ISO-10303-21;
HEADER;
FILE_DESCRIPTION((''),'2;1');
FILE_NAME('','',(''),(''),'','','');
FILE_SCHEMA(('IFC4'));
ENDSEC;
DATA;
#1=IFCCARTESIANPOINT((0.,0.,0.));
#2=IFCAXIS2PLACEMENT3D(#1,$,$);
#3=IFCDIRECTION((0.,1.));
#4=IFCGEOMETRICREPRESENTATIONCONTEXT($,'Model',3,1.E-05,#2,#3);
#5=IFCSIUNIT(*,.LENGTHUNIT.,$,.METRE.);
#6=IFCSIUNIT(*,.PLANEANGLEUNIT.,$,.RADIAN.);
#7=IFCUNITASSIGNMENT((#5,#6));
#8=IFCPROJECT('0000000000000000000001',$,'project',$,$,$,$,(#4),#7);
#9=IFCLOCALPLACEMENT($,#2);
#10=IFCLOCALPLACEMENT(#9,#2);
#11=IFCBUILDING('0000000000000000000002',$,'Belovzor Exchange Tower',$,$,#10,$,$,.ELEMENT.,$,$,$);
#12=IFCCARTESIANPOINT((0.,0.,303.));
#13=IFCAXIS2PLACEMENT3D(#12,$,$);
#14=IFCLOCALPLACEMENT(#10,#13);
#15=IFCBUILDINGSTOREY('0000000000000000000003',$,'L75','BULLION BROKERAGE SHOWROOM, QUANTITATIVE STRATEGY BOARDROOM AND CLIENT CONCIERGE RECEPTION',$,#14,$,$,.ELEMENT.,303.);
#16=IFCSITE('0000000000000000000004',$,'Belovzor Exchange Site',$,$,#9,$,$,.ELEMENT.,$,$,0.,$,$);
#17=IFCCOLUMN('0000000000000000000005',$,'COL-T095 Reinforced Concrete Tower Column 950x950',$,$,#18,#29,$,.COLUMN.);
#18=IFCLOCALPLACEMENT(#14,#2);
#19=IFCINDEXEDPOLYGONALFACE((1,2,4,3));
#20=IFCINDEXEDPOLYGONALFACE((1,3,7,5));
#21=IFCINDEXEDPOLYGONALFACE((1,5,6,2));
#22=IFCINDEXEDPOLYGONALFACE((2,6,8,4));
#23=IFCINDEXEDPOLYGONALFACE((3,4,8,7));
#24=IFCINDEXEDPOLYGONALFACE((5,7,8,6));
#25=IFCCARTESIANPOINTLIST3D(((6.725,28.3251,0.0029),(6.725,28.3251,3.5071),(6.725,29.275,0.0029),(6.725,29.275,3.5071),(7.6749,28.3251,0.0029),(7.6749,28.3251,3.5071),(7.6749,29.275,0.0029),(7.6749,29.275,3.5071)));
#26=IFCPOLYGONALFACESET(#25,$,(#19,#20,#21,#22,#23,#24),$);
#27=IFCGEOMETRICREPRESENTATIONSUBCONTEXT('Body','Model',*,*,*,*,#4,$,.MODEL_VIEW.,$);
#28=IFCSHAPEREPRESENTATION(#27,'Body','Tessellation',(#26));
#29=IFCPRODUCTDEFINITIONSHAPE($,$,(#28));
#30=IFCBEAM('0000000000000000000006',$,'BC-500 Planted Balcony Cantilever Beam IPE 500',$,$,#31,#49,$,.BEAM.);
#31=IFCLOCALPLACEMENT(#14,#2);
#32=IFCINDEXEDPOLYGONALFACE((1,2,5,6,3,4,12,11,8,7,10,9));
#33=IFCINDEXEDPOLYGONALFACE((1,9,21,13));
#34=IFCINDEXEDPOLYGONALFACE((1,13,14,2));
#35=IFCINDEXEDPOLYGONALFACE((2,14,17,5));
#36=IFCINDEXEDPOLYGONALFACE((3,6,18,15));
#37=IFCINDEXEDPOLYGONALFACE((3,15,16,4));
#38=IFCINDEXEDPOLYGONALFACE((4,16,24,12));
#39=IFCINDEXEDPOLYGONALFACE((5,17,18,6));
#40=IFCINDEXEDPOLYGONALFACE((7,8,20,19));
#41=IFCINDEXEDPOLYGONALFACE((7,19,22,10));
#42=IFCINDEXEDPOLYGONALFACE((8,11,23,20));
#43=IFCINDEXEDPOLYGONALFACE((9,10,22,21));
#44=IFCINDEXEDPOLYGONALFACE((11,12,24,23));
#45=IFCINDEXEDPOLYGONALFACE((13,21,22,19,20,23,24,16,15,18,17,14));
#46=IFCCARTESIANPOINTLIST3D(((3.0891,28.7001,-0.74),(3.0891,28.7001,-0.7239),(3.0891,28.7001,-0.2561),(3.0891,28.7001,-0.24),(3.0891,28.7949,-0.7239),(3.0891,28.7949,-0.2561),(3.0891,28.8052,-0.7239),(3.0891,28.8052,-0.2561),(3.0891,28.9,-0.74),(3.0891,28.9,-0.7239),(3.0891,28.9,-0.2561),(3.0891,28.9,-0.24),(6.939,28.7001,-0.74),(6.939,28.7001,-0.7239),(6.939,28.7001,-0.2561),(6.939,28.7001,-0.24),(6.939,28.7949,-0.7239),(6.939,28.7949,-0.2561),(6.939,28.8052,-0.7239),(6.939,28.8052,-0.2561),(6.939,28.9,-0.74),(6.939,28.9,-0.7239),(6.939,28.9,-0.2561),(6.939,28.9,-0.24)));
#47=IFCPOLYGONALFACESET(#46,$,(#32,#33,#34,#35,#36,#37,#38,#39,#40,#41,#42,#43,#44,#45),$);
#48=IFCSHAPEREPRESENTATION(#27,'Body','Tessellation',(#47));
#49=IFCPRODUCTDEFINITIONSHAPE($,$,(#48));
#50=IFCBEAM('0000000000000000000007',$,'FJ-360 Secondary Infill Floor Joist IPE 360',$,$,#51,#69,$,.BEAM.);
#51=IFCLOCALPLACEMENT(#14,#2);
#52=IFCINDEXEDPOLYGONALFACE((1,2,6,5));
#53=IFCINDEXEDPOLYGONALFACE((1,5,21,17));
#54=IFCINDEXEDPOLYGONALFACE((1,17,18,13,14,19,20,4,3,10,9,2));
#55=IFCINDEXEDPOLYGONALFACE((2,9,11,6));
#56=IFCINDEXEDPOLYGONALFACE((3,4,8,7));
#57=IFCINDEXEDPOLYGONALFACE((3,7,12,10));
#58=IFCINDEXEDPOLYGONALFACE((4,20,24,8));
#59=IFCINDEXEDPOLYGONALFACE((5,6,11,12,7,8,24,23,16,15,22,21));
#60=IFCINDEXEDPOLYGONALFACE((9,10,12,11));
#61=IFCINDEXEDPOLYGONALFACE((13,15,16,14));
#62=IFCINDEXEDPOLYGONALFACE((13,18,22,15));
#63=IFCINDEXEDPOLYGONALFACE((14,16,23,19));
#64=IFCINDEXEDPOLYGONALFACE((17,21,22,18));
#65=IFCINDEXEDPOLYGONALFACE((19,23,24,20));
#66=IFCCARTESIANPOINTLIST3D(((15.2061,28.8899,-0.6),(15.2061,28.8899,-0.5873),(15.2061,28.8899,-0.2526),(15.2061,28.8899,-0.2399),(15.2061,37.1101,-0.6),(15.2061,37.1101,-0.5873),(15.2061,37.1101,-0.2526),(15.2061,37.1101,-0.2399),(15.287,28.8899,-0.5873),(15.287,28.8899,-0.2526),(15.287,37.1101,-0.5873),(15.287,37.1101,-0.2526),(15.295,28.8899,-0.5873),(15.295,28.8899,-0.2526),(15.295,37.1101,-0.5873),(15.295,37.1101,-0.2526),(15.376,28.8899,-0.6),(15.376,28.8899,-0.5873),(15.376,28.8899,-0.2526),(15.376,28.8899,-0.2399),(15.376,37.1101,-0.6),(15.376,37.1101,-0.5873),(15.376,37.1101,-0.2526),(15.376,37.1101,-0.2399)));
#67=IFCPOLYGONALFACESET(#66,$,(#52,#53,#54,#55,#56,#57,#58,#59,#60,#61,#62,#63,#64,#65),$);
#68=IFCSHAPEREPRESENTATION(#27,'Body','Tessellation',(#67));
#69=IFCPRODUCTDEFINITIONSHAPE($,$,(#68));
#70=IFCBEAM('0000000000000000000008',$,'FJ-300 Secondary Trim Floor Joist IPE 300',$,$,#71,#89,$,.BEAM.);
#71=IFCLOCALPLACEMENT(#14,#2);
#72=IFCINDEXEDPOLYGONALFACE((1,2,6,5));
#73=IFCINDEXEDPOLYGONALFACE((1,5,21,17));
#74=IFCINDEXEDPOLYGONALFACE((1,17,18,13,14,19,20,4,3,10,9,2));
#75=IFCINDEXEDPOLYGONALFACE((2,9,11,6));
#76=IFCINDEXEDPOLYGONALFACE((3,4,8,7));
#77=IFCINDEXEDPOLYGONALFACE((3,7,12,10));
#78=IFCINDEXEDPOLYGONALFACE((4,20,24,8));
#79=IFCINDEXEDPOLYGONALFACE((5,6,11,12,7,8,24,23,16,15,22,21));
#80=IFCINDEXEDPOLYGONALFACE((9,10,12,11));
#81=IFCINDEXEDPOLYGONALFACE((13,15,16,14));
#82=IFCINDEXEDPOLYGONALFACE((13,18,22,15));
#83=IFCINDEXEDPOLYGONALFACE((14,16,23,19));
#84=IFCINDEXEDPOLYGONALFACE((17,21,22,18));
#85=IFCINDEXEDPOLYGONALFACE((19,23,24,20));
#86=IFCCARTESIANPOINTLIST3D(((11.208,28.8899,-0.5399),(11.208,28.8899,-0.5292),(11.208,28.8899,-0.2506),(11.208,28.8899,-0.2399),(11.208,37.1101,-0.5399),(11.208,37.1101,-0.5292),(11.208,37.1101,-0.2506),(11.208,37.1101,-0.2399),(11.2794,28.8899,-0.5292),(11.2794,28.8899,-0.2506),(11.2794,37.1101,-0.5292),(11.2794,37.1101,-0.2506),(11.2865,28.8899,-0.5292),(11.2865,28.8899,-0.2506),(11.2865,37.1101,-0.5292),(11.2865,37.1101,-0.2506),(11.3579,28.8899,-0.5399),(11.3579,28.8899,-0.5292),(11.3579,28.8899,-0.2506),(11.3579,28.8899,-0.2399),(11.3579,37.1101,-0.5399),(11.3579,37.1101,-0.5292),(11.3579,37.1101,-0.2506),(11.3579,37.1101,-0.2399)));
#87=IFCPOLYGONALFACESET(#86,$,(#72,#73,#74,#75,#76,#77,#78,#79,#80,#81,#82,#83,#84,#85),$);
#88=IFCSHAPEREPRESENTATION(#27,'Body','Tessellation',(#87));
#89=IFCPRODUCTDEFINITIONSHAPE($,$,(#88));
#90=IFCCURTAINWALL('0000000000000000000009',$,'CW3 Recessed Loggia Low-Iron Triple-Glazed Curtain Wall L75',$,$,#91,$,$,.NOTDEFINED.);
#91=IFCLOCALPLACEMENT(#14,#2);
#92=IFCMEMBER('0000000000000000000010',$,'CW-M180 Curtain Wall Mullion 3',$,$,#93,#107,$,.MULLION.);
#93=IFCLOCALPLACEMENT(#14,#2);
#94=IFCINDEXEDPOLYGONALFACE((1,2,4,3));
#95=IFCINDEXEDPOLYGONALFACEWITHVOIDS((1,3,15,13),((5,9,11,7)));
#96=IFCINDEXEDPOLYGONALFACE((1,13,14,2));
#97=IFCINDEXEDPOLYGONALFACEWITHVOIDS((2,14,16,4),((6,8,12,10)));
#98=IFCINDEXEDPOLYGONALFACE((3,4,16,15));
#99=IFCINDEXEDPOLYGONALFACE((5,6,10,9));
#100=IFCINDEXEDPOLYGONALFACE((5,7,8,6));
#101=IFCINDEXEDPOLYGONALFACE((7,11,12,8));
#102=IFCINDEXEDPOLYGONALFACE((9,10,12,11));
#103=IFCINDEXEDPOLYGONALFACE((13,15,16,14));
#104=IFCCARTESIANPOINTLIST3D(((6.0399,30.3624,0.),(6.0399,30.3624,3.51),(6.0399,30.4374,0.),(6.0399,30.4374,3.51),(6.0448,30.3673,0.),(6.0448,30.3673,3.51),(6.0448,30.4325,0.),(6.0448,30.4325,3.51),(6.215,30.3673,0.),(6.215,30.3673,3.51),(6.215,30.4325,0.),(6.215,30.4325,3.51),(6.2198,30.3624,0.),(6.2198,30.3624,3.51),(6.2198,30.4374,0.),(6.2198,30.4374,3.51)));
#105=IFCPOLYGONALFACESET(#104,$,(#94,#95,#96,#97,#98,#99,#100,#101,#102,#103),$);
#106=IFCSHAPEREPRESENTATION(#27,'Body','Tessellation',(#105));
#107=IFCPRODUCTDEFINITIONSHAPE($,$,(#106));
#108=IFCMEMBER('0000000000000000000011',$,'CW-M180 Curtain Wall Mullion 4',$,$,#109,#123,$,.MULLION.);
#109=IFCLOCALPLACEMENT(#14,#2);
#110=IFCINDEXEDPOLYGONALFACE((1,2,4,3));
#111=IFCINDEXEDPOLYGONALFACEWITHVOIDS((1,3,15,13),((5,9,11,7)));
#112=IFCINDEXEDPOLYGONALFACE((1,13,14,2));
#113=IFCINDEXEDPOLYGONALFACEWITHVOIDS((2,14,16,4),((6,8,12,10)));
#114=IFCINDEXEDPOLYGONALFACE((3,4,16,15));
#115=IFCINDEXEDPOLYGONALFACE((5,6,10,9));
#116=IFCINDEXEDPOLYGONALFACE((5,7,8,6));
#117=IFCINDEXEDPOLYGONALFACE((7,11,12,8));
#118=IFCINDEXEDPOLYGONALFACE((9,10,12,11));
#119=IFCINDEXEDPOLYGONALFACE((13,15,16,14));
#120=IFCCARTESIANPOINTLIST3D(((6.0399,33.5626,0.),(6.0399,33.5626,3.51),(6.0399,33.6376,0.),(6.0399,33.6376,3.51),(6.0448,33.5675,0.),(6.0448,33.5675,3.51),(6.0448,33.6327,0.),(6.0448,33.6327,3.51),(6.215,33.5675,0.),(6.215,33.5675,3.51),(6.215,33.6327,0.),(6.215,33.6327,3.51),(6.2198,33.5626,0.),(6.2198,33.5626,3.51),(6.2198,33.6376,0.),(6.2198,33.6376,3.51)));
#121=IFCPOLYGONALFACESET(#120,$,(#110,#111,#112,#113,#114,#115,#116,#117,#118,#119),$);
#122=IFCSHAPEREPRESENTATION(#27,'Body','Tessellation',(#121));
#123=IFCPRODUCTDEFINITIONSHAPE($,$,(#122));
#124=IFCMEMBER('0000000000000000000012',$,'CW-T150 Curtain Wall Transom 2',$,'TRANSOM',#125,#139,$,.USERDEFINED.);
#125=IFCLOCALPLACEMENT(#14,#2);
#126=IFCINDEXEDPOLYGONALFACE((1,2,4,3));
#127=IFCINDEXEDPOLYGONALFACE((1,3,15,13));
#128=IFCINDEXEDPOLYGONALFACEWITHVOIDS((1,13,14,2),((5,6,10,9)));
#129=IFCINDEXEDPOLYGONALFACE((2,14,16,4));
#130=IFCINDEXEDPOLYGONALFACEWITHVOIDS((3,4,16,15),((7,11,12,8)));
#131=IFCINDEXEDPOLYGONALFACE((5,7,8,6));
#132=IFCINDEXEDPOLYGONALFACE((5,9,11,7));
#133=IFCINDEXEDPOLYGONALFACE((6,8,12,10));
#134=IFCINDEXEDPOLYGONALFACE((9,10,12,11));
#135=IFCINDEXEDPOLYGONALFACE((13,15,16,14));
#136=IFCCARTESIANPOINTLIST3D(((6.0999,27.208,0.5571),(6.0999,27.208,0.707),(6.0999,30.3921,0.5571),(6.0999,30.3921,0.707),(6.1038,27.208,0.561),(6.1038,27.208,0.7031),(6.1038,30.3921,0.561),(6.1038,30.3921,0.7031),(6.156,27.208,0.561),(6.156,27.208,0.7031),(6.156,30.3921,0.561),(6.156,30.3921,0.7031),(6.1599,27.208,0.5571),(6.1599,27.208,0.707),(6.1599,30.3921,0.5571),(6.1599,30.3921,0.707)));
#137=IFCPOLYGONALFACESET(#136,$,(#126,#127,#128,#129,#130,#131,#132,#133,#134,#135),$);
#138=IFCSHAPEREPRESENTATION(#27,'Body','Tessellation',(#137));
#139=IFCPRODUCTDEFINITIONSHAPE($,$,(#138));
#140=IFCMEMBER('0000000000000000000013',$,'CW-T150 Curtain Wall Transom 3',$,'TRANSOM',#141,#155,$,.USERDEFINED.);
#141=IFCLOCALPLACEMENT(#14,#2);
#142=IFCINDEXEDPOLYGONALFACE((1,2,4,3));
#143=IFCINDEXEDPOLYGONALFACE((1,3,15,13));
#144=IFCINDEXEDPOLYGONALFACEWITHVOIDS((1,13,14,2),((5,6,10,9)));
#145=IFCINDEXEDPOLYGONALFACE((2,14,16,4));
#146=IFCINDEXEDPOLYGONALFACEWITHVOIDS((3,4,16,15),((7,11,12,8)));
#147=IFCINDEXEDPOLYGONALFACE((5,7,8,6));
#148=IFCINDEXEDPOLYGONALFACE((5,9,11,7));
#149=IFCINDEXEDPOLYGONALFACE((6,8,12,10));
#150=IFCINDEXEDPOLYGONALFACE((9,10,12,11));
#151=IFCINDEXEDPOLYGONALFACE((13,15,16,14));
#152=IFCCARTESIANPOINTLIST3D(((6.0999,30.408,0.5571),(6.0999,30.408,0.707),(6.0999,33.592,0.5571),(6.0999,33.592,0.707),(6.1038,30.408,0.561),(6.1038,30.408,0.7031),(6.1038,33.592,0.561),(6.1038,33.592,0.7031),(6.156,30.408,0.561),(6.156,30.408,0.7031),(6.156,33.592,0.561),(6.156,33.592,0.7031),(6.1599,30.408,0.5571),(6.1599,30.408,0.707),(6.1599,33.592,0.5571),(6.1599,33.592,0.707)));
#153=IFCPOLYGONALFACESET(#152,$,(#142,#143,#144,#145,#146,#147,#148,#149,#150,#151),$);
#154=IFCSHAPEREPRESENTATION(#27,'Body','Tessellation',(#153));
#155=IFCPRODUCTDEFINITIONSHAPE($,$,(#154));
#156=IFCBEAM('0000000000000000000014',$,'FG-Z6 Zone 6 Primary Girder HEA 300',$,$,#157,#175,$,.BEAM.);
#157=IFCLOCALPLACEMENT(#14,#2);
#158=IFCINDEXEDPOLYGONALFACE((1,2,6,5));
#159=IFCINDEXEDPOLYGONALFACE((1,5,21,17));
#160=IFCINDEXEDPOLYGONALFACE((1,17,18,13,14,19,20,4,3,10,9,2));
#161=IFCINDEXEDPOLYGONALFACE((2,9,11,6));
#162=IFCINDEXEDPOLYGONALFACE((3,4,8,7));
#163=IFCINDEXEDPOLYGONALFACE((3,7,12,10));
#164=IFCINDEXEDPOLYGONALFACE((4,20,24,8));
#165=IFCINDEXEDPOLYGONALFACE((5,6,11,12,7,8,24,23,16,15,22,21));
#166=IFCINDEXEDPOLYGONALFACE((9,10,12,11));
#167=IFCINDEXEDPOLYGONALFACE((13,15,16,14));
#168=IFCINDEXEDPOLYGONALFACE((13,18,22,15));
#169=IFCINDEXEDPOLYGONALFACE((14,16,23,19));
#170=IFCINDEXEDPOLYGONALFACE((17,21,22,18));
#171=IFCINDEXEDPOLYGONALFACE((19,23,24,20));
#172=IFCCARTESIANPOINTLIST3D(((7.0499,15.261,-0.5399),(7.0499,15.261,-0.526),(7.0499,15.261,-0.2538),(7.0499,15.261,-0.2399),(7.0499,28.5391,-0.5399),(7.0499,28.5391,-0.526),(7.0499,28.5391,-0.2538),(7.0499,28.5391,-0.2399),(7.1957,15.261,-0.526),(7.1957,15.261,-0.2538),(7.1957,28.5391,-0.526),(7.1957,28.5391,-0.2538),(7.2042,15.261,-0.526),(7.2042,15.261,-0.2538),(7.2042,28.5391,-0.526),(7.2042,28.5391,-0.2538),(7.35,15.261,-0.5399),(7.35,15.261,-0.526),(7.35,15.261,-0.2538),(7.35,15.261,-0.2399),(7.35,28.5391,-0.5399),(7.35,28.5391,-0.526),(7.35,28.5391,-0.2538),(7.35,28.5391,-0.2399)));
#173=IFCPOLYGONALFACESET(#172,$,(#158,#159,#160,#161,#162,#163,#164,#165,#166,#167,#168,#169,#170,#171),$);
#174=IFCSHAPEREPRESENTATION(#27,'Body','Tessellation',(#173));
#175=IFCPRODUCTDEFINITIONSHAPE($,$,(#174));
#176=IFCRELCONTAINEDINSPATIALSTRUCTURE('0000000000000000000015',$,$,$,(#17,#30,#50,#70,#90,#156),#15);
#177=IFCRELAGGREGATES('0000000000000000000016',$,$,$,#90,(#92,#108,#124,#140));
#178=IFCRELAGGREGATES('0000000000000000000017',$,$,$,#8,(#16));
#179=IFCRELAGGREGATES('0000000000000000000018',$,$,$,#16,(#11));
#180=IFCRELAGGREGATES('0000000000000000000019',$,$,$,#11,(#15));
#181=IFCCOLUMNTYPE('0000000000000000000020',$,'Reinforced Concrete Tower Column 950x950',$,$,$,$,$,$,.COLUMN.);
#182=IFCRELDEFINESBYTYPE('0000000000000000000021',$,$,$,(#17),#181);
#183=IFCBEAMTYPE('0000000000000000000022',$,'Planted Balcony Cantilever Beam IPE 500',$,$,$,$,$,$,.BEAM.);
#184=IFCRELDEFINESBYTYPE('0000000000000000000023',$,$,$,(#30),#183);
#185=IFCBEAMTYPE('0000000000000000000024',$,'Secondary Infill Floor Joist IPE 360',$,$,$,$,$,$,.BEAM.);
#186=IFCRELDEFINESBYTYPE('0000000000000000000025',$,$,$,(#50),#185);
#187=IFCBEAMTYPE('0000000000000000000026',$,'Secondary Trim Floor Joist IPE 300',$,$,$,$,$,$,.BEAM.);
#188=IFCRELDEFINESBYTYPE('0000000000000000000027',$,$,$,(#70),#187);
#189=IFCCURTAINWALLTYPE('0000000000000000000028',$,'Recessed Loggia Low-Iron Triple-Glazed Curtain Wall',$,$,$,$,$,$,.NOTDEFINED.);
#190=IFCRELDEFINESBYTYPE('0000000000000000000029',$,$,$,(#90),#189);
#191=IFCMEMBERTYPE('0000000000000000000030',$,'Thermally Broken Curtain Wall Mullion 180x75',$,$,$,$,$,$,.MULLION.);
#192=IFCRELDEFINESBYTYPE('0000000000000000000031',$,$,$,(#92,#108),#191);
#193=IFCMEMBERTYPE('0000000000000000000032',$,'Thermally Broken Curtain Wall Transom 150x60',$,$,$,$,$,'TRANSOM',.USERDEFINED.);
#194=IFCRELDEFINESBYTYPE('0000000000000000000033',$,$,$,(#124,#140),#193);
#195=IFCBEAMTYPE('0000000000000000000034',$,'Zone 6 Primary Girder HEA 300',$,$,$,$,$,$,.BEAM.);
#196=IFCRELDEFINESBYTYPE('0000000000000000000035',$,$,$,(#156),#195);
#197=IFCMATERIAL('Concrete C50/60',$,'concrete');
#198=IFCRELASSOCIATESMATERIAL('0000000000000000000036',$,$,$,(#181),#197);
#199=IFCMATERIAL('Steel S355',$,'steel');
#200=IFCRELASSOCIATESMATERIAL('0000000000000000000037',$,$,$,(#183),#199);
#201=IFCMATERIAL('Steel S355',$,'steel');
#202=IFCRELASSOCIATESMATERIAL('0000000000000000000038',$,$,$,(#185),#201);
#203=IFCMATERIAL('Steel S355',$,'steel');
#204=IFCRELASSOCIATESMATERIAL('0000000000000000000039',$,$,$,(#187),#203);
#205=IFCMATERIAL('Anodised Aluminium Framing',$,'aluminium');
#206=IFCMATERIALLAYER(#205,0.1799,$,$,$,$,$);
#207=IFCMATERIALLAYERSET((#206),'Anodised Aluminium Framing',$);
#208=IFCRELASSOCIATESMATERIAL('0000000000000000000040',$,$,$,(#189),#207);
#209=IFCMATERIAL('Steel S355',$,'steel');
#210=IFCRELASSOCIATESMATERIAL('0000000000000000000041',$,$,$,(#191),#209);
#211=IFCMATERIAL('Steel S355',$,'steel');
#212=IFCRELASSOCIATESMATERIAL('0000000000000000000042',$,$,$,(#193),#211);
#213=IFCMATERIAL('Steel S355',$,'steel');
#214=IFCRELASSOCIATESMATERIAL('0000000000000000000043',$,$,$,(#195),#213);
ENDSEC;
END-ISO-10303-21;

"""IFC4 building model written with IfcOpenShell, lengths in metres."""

from ifc_helpers import new_model, si_unit, direction, frame, origin, origin_2d, place, context, subcontext, project, spatial, rectangle, hollow_rectangle, i_section, extrude, material, layer, layer_set, material_profile, profile_set, type_object, element, aggregate, save


model = new_model("IFC4")

# Units and contexts
model_context = context("Model", 3, precision=1e-05, world=origin(), true_north=direction((0.0, 1.0)))
body_context = subcontext(model_context, "Body", "Model", "MODEL_VIEW")
ifc_project = project(units=[si_unit("LENGTHUNIT", "METRE"), si_unit("PLANEANGLEUNIT", "RADIAN")], contexts=[model_context])

# Site, building, storey
site_placement = place(None, origin())
site = spatial("IfcSite", under=ifc_project, at=site_placement, Name="Belovzor Exchange Site", CompositionType="ELEMENT", RefElevation=0.0)
building_placement = place(site_placement, origin())
building = spatial("IfcBuilding", under=site, at=building_placement, Name="Belovzor Exchange Tower", CompositionType="ELEMENT")
storey_placement = place(building_placement, frame((0.0, 0.0, 303.0)))
storey = spatial("IfcBuildingStorey", under=building, at=storey_placement, Name="L75", Description="BULLION BROKERAGE SHOWROOM, QUANTITATIVE STRATEGY BOARDROOM AND CLIENT CONCIERGE RECEPTION", CompositionType="ELEMENT", Elevation=303.0)

# Column
ifc_material_1 = material(Name="Concrete C50/60", Category="concrete")
ifc_material_profile_1 = material_profile(ifc_material_1, rectangle(XDim=0.95, YDim=0.95, at=origin_2d()))
ifc_profile_set_1 = profile_set([ifc_material_profile_1], Name="Concrete C50/60")
column_type = type_object("IfcColumnType", Name="Reinforced Concrete Tower Column 950x950", PredefinedType="COLUMN", material=ifc_profile_set_1)
column_placement = place(storey_placement, frame((7.2, 28.8, 0.0029), z_axis=(0.0, 0.0, 1.0), x_axis=(1.0, 0.0, 0.0)))
element("IfcColumn", 1, at=column_placement, inside=storey, type_object=column_type, Name="COL-T095 Reinforced Concrete Tower Column 950x950", PredefinedType="COLUMN", context=body_context, shape_type="SweptSolid", body=[
    extrude(rectangle(XDim=0.95, YDim=0.95, at=origin_2d()), origin(), (0.0, 0.0, 1.0), 3.5042),
])

# Beams
ifc_material_2 = material(Name="Steel S355", Category="steel")
ifc_material_profile_2 = material_profile(ifc_material_2, i_section(OverallWidth=0.2, OverallDepth=0.5, WebThickness=0.0103, FlangeThickness=0.0161, at=origin_2d()))
ifc_profile_set_2 = profile_set([ifc_material_profile_2], Name="Steel S355")
beam_type_1 = type_object("IfcBeamType", Name="Planted Balcony Cantilever Beam IPE 500", PredefinedType="BEAM", material=ifc_profile_set_2)
beam_1_placement = place(storey_placement, frame((6.939, 28.8, -0.49), z_axis=(-1.0, 0.0, 0.0), x_axis=(0.0, -1.0, 0.0)))
element("IfcBeam", 2, at=beam_1_placement, inside=storey, type_object=beam_type_1, Name="BC-500 Planted Balcony Cantilever Beam IPE 500", PredefinedType="BEAM", context=body_context, shape_type="SweptSolid", body=[
    extrude(i_section(OverallWidth=0.2, OverallDepth=0.5, WebThickness=0.0103, FlangeThickness=0.0161, at=origin_2d()), origin(), (0.0, 0.0, 1.0), 3.8499),
])
ifc_material_3 = material(Name="Steel S355", Category="steel")
ifc_material_profile_3 = material_profile(ifc_material_3, i_section(OverallWidth=0.1699, OverallDepth=0.3601, WebThickness=0.0081, FlangeThickness=0.0127, at=origin_2d()))
ifc_profile_set_3 = profile_set([ifc_material_profile_3], Name="Steel S355")
beam_type_2 = type_object("IfcBeamType", Name="Secondary Infill Floor Joist IPE 360", PredefinedType="BEAM", material=ifc_profile_set_3)
beam_2_placement = place(storey_placement, frame((15.291, 28.8899, -0.4199), z_axis=(0.0, 1.0, 0.0), x_axis=(-1.0, 0.0, 0.0)))
element("IfcBeam", 3, at=beam_2_placement, inside=storey, type_object=beam_type_2, Name="FJ-360 Secondary Infill Floor Joist IPE 360", PredefinedType="BEAM", context=body_context, shape_type="SweptSolid", body=[
    extrude(i_section(OverallWidth=0.1699, OverallDepth=0.3601, WebThickness=0.0081, FlangeThickness=0.0127, at=origin_2d()), origin(), (0.0, 0.0, 1.0), 8.2202),
])
ifc_material_4 = material(Name="Steel S355", Category="steel")
ifc_material_profile_4 = material_profile(ifc_material_4, i_section(OverallWidth=0.1499, OverallDepth=0.3, WebThickness=0.0071, FlangeThickness=0.0107, at=origin_2d()))
ifc_profile_set_4 = profile_set([ifc_material_profile_4], Name="Steel S355")
beam_type_3 = type_object("IfcBeamType", Name="Secondary Trim Floor Joist IPE 300", PredefinedType="BEAM", material=ifc_profile_set_4)
beam_3_placement = place(storey_placement, frame((11.283, 28.8899, -0.3899), z_axis=(0.0, 1.0, 0.0), x_axis=(-1.0, 0.0, 0.0)))
element("IfcBeam", 4, at=beam_3_placement, inside=storey, type_object=beam_type_3, Name="FJ-300 Secondary Trim Floor Joist IPE 300", PredefinedType="BEAM", context=body_context, shape_type="SweptSolid", body=[
    extrude(i_section(OverallWidth=0.1499, OverallDepth=0.3, WebThickness=0.0071, FlangeThickness=0.0107, at=origin_2d()), origin(), (0.0, 0.0, 1.0), 8.2202),
])

# Curtain wall, members
ifc_material_5 = material(Name="Anodised Aluminium Framing", Category="aluminium")
ifc_layer_1 = layer(ifc_material_5, 0.1799)
ifc_layer_set_1 = layer_set([ifc_layer_1], Name="Anodised Aluminium Framing")
curtain_wall_type = type_object("IfcCurtainWallType", Name="Recessed Loggia Low-Iron Triple-Glazed Curtain Wall", PredefinedType="NOTDEFINED", material=ifc_layer_set_1)
curtain_wall_placement = place(storey_placement, origin())
curtain_wall = element("IfcCurtainWall", 5, at=curtain_wall_placement, inside=storey, type_object=curtain_wall_type, Name="CW3 Recessed Loggia Low-Iron Triple-Glazed Curtain Wall L75", PredefinedType="NOTDEFINED")
ifc_material_6 = material(Name="Steel S355", Category="steel")
ifc_material_profile_5 = material_profile(ifc_material_6, hollow_rectangle(XDim=0.075, YDim=0.1799, WallThickness=0.0049, at=origin_2d()))
ifc_profile_set_5 = profile_set([ifc_material_profile_5], Name="Steel S355")
member_type_1 = type_object("IfcMemberType", Name="Thermally Broken Curtain Wall Mullion 180x75", PredefinedType="MULLION", material=ifc_profile_set_5)
member_1_placement = place(storey_placement, frame((6.1299, 30.3999, 0.0), z_axis=(0.0, 0.0, 1.0), x_axis=(0.0, 1.0, 0.0)))
member_1 = element("IfcMember", 6, at=member_1_placement, type_object=member_type_1, Name="CW-M180 Curtain Wall Mullion 3", PredefinedType="MULLION", context=body_context, shape_type="SweptSolid", body=[
    extrude(hollow_rectangle(XDim=0.075, YDim=0.1799, WallThickness=0.0049, at=origin_2d()), origin(), (0.0, 0.0, 1.0), 3.51),
])
member_2_placement = place(storey_placement, frame((6.1299, 33.6001, 0.0), z_axis=(0.0, 0.0, 1.0), x_axis=(0.0, 1.0, 0.0)))
member_2 = element("IfcMember", 7, at=member_2_placement, type_object=member_type_1, Name="CW-M180 Curtain Wall Mullion 4", PredefinedType="MULLION", context=body_context, shape_type="SweptSolid", body=[
    extrude(hollow_rectangle(XDim=0.075, YDim=0.1799, WallThickness=0.0049, at=origin_2d()), origin(), (0.0, 0.0, 1.0), 3.51),
])
ifc_material_7 = material(Name="Steel S355", Category="steel")
ifc_material_profile_6 = material_profile(ifc_material_7, hollow_rectangle(XDim=0.0601, YDim=0.1499, WallThickness=0.0039, at=origin_2d()))
ifc_profile_set_6 = profile_set([ifc_material_profile_6], Name="Steel S355")
member_type_2 = type_object("IfcMemberType", Name="Thermally Broken Curtain Wall Transom 150x60", ElementType="TRANSOM", PredefinedType="USERDEFINED", material=ifc_profile_set_6)
member_3_placement = place(storey_placement, frame((6.1299, 27.208, 0.6321), z_axis=(0.0, 1.0, 0.0), x_axis=(-1.0, 0.0, 0.0)))
member_3 = element("IfcMember", 8, at=member_3_placement, type_object=member_type_2, Name="CW-T150 Curtain Wall Transom 2", ObjectType="TRANSOM", PredefinedType="USERDEFINED", context=body_context, shape_type="SweptSolid", body=[
    extrude(hollow_rectangle(XDim=0.0601, YDim=0.1499, WallThickness=0.0039, at=origin_2d()), origin(), (0.0, 0.0, 1.0), 3.1841),
])
member_4_placement = place(storey_placement, frame((6.1299, 30.408, 0.6321), z_axis=(0.0, 1.0, 0.0), x_axis=(-1.0, 0.0, 0.0)))
member_4 = element("IfcMember", 9, at=member_4_placement, type_object=member_type_2, Name="CW-T150 Curtain Wall Transom 3", ObjectType="TRANSOM", PredefinedType="USERDEFINED", context=body_context, shape_type="SweptSolid", body=[
    extrude(hollow_rectangle(XDim=0.0601, YDim=0.1499, WallThickness=0.0039, at=origin_2d()), origin(), (0.0, 0.0, 1.0), 3.1841),
])

# Beam
ifc_material_8 = material(Name="Steel S355", Category="steel")
ifc_material_profile_7 = material_profile(ifc_material_8, i_section(OverallWidth=0.3, OverallDepth=0.3, WebThickness=0.0085, FlangeThickness=0.0139, at=origin_2d()))
ifc_profile_set_7 = profile_set([ifc_material_profile_7], Name="Steel S355")
beam_type_4 = type_object("IfcBeamType", Name="Zone 6 Primary Girder HEA 300", PredefinedType="BEAM", material=ifc_profile_set_7)
beam_4_placement = place(storey_placement, frame((7.2, 28.5391, -0.3899), z_axis=(0.0, -1.0, 0.0), x_axis=(1.0, 0.0, 0.0)))
element("IfcBeam", 10, at=beam_4_placement, inside=storey, type_object=beam_type_4, Name="FG-Z6 Zone 6 Primary Girder HEA 300", PredefinedType="BEAM", context=body_context, shape_type="SweptSolid", body=[
    extrude(i_section(OverallWidth=0.3, OverallDepth=0.3, WebThickness=0.0085, FlangeThickness=0.0139, at=origin_2d()), origin(), (0.0, 0.0, 1.0), 13.2781),
])

aggregate(curtain_wall, [member_1, member_2, member_3, member_4])

save(model, "model.ifc")
